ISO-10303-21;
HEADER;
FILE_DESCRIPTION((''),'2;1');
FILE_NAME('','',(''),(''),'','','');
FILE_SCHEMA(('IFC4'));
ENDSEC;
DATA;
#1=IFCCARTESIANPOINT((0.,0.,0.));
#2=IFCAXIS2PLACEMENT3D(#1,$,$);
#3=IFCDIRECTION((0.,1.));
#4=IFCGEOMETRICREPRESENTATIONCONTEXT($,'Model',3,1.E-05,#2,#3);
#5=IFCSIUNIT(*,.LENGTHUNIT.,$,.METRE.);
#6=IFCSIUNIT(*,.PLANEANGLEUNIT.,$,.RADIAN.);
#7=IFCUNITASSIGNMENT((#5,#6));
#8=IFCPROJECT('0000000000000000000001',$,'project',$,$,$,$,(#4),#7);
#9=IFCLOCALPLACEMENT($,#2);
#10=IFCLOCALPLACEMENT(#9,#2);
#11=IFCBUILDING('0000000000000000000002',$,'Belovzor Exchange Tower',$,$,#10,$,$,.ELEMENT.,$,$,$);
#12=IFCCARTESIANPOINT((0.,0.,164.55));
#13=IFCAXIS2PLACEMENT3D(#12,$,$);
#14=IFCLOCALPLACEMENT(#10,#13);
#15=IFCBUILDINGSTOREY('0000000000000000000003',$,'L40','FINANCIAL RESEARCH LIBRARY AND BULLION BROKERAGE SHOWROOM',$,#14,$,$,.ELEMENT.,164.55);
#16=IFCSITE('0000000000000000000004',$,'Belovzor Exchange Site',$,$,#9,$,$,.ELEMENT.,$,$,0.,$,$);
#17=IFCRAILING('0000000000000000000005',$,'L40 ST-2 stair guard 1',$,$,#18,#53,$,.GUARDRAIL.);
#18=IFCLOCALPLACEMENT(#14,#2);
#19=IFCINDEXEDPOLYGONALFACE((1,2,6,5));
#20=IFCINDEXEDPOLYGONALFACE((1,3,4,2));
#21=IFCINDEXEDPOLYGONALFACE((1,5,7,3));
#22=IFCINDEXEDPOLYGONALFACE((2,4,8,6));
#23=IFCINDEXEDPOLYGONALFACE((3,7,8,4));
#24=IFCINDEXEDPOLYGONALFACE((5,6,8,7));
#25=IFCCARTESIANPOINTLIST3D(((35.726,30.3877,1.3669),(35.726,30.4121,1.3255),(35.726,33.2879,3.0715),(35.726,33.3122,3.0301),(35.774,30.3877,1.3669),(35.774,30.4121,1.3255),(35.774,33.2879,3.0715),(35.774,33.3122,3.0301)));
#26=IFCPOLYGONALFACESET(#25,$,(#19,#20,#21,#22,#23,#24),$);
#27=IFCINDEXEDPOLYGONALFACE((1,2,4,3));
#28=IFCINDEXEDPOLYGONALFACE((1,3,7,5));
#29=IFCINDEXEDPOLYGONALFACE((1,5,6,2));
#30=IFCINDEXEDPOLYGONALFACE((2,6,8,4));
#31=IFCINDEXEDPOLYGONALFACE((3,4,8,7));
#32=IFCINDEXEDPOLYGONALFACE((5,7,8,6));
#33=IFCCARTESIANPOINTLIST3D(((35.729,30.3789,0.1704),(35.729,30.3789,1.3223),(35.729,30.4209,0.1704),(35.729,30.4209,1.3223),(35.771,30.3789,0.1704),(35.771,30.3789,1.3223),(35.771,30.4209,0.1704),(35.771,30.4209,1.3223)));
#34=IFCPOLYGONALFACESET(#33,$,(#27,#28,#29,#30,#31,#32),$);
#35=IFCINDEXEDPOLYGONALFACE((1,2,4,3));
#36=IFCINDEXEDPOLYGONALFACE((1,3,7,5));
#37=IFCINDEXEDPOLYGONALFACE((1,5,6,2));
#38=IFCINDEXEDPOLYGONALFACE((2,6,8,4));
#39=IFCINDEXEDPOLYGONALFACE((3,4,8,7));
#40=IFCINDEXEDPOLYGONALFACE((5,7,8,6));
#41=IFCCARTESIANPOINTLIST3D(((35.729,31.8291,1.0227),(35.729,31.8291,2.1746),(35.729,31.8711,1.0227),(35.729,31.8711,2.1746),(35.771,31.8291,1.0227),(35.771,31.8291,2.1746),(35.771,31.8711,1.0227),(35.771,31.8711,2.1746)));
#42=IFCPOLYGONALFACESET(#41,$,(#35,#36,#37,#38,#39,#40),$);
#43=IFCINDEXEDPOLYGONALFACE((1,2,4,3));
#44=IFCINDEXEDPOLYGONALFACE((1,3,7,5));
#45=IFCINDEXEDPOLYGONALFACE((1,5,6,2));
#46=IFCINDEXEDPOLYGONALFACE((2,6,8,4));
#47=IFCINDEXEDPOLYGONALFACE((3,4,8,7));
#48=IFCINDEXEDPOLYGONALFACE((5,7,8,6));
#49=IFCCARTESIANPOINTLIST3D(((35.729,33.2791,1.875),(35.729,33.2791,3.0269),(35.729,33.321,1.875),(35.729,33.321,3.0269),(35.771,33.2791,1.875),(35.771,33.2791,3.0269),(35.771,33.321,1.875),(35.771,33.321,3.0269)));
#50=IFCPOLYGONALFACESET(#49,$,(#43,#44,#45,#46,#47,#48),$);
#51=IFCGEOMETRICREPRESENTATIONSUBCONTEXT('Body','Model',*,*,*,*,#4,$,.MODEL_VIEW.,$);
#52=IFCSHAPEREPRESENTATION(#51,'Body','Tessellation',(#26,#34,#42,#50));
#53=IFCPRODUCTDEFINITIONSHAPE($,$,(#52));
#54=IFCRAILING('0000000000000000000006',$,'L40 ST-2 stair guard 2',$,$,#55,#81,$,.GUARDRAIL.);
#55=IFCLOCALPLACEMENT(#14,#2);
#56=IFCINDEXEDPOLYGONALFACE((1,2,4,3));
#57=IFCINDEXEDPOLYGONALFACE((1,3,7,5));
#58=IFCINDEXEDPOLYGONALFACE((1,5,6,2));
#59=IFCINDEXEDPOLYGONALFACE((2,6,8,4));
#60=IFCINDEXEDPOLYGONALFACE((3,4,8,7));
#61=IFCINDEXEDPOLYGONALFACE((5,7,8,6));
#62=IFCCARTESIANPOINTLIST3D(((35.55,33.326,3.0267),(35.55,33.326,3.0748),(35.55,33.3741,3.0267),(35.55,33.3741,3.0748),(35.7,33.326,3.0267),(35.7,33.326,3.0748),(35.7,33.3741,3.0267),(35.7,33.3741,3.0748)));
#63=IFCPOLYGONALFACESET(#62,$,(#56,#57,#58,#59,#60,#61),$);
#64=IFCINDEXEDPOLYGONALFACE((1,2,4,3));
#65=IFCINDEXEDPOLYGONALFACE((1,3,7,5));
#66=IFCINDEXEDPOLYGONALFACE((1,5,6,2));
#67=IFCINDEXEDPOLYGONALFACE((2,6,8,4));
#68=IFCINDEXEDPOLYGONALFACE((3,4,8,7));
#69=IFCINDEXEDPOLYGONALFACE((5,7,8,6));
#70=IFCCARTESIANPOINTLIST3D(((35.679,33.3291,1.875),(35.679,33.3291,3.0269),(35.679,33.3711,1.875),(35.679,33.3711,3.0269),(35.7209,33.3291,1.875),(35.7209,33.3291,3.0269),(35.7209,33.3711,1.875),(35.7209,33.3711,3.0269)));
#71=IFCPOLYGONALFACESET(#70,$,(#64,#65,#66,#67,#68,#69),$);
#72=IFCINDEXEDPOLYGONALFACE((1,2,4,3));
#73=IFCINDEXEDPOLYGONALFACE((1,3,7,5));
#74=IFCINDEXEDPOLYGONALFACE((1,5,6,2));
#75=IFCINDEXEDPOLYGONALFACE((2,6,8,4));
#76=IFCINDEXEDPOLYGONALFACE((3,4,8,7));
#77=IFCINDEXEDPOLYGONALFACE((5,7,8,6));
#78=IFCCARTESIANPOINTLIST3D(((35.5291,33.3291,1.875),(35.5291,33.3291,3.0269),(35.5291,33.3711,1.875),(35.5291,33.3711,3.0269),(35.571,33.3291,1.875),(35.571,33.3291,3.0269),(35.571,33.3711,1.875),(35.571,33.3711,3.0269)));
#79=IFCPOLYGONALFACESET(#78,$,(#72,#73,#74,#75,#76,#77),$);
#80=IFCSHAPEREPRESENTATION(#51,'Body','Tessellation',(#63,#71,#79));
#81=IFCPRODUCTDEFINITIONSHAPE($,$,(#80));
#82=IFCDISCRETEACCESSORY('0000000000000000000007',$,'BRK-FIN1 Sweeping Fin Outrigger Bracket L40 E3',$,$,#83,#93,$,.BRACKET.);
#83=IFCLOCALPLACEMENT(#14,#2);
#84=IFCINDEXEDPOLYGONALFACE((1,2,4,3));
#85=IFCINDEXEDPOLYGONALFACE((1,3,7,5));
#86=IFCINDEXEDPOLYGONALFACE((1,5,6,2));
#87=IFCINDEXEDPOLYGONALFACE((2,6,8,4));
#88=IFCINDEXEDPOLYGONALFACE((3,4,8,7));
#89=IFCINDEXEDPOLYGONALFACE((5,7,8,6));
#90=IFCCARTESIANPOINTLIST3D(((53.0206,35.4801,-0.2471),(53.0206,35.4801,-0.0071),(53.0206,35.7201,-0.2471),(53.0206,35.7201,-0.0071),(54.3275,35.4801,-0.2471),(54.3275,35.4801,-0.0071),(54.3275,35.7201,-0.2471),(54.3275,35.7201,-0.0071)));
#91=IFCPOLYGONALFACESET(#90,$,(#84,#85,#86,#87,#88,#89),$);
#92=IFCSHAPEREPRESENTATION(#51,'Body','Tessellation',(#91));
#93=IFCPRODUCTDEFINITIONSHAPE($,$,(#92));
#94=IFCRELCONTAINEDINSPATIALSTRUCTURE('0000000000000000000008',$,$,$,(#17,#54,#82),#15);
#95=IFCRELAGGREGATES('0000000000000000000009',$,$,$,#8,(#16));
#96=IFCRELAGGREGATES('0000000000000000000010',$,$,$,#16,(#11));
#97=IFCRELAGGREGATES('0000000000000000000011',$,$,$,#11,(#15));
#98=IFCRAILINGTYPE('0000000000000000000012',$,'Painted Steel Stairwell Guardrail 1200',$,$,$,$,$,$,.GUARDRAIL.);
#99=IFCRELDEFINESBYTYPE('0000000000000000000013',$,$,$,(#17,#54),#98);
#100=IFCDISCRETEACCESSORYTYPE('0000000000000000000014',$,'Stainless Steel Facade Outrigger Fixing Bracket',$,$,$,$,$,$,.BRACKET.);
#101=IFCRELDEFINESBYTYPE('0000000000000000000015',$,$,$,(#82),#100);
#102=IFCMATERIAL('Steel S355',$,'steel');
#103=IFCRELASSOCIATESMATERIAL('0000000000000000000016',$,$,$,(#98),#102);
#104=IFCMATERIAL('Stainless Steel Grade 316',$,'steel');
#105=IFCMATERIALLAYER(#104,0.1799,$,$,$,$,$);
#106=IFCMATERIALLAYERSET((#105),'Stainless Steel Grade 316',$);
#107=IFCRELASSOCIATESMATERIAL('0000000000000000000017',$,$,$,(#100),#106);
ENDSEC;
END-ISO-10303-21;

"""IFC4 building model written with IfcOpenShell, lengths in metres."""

from ifc_helpers import new_model, si_unit, direction, frame, origin, origin_2d, place, context, subcontext, project, spatial, rectangle, extrude, material, layer, layer_set, type_object, element, save


model = new_model("IFC4")

# Units and contexts
model_context = context("Model", 3, precision=1e-05, world=origin(), true_north=direction((0.0, 1.0)))
body_context = subcontext(model_context, "Body", "Model", "MODEL_VIEW")
ifc_project = project(units=[si_unit("LENGTHUNIT", "METRE"), si_unit("PLANEANGLEUNIT", "RADIAN")], contexts=[model_context])

# Site, building, storey
site_placement = place(None, origin())
site = spatial("IfcSite", under=ifc_project, at=site_placement, Name="Belovzor Exchange Site", CompositionType="ELEMENT", RefElevation=0.0)
building_placement = place(site_placement, origin())
building = spatial("IfcBuilding", under=site, at=building_placement, Name="Belovzor Exchange Tower", CompositionType="ELEMENT")
storey_placement = place(building_placement, frame((0.0, 0.0, 164.55)))
storey = spatial("IfcBuildingStorey", under=building, at=storey_placement, Name="L40", Description="FINANCIAL RESEARCH LIBRARY AND BULLION BROKERAGE SHOWROOM", CompositionType="ELEMENT", Elevation=164.55)

# Railings
ifc_material_1 = material(Name="Steel S355", Category="steel")
railing_type_1 = type_object("IfcRailingType", Name="Painted Steel Stairwell Guardrail 1200", PredefinedType="GUARDRAIL", material=ifc_material_1)
railing_1_placement = place(storey_placement, frame((35.75, 30.3999, 0.1704)))
element("IfcRailing", 1, at=railing_1_placement, inside=storey, type_object=railing_type_1, Name="L40 ST-2 stair guard 1", PredefinedType="GUARDRAIL", context=body_context, shape_type="SweptSolid", body=[
    extrude(rectangle(XDim=0.0481, YDim=0.0481, at=origin_2d()), frame((0.0, 0.0, 1.1758), z_axis=(0.0, 0.862113, 0.506716), x_axis=(-1.0, 0.0, 0.0)), (0.0, 0.0, 1.0), 3.364),
    extrude(rectangle(XDim=0.042, YDim=0.042, at=origin_2d()), origin(), (0.0, 0.0, 1.0), 1.1519),
    extrude(rectangle(XDim=0.042, YDim=0.042, at=origin_2d()), frame((0.0, 1.4502, 0.8523)), (0.0, 0.0, 1.0), 1.1519),
    extrude(rectangle(XDim=0.042, YDim=0.042, at=origin_2d()), frame((0.0, 2.9001, 1.7046)), (0.0, 0.0, 1.0), 1.1519),
])
railing_2_placement = place(storey_placement, frame((35.7, 33.3501, 1.875)))
element("IfcRailing", 2, at=railing_2_placement, inside=storey, type_object=railing_type_1, Name="L40 ST-2 stair guard 2", PredefinedType="GUARDRAIL", context=body_context, shape_type="SweptSolid", body=[
    extrude(rectangle(XDim=0.0481, YDim=0.0481, at=origin_2d()), frame((0.0, 0.0, 1.1758), z_axis=(-1.0, 0.0, 0.0), x_axis=(0.0, -1.0, 0.0)), (0.0, 0.0, 1.0), 0.1499),
    extrude(rectangle(XDim=0.042, YDim=0.042, at=origin_2d()), origin(), (0.0, 0.0, 1.0), 1.1519),
    extrude(rectangle(XDim=0.042, YDim=0.042, at=origin_2d()), frame((-0.1499, 0.0, 0.0)), (0.0, 0.0, 1.0), 1.1519),
])

# Discrete accessory
ifc_material_2 = material(Name="Stainless Steel Grade 316", Category="steel")
ifc_layer_1 = layer(ifc_material_2, 0.1799)
ifc_layer_set_1 = layer_set([ifc_layer_1], Name="Stainless Steel Grade 316")
discrete_accessory_type = type_object("IfcDiscreteAccessoryType", Name="Stainless Steel Facade Outrigger Fixing Bracket", PredefinedType="BRACKET", material=ifc_layer_set_1)
discrete_accessory_placement = place(storey_placement, frame((53.6741, 35.6001, -0.2471), z_axis=(0.0, 0.0, 1.0), x_axis=(1.0, 0.0, 0.0)))
element("IfcDiscreteAccessory", 3, at=discrete_accessory_placement, inside=storey, type_object=discrete_accessory_type, Name="BRK-FIN1 Sweeping Fin Outrigger Bracket L40 E3", PredefinedType="BRACKET", context=body_context, shape_type="SweptSolid", body=[
    extrude(rectangle(XDim=1.3069, YDim=0.24, at=origin_2d()), origin(), (0.0, 0.0, 1.0), 0.24),
])

save(model, "model.ifc")
